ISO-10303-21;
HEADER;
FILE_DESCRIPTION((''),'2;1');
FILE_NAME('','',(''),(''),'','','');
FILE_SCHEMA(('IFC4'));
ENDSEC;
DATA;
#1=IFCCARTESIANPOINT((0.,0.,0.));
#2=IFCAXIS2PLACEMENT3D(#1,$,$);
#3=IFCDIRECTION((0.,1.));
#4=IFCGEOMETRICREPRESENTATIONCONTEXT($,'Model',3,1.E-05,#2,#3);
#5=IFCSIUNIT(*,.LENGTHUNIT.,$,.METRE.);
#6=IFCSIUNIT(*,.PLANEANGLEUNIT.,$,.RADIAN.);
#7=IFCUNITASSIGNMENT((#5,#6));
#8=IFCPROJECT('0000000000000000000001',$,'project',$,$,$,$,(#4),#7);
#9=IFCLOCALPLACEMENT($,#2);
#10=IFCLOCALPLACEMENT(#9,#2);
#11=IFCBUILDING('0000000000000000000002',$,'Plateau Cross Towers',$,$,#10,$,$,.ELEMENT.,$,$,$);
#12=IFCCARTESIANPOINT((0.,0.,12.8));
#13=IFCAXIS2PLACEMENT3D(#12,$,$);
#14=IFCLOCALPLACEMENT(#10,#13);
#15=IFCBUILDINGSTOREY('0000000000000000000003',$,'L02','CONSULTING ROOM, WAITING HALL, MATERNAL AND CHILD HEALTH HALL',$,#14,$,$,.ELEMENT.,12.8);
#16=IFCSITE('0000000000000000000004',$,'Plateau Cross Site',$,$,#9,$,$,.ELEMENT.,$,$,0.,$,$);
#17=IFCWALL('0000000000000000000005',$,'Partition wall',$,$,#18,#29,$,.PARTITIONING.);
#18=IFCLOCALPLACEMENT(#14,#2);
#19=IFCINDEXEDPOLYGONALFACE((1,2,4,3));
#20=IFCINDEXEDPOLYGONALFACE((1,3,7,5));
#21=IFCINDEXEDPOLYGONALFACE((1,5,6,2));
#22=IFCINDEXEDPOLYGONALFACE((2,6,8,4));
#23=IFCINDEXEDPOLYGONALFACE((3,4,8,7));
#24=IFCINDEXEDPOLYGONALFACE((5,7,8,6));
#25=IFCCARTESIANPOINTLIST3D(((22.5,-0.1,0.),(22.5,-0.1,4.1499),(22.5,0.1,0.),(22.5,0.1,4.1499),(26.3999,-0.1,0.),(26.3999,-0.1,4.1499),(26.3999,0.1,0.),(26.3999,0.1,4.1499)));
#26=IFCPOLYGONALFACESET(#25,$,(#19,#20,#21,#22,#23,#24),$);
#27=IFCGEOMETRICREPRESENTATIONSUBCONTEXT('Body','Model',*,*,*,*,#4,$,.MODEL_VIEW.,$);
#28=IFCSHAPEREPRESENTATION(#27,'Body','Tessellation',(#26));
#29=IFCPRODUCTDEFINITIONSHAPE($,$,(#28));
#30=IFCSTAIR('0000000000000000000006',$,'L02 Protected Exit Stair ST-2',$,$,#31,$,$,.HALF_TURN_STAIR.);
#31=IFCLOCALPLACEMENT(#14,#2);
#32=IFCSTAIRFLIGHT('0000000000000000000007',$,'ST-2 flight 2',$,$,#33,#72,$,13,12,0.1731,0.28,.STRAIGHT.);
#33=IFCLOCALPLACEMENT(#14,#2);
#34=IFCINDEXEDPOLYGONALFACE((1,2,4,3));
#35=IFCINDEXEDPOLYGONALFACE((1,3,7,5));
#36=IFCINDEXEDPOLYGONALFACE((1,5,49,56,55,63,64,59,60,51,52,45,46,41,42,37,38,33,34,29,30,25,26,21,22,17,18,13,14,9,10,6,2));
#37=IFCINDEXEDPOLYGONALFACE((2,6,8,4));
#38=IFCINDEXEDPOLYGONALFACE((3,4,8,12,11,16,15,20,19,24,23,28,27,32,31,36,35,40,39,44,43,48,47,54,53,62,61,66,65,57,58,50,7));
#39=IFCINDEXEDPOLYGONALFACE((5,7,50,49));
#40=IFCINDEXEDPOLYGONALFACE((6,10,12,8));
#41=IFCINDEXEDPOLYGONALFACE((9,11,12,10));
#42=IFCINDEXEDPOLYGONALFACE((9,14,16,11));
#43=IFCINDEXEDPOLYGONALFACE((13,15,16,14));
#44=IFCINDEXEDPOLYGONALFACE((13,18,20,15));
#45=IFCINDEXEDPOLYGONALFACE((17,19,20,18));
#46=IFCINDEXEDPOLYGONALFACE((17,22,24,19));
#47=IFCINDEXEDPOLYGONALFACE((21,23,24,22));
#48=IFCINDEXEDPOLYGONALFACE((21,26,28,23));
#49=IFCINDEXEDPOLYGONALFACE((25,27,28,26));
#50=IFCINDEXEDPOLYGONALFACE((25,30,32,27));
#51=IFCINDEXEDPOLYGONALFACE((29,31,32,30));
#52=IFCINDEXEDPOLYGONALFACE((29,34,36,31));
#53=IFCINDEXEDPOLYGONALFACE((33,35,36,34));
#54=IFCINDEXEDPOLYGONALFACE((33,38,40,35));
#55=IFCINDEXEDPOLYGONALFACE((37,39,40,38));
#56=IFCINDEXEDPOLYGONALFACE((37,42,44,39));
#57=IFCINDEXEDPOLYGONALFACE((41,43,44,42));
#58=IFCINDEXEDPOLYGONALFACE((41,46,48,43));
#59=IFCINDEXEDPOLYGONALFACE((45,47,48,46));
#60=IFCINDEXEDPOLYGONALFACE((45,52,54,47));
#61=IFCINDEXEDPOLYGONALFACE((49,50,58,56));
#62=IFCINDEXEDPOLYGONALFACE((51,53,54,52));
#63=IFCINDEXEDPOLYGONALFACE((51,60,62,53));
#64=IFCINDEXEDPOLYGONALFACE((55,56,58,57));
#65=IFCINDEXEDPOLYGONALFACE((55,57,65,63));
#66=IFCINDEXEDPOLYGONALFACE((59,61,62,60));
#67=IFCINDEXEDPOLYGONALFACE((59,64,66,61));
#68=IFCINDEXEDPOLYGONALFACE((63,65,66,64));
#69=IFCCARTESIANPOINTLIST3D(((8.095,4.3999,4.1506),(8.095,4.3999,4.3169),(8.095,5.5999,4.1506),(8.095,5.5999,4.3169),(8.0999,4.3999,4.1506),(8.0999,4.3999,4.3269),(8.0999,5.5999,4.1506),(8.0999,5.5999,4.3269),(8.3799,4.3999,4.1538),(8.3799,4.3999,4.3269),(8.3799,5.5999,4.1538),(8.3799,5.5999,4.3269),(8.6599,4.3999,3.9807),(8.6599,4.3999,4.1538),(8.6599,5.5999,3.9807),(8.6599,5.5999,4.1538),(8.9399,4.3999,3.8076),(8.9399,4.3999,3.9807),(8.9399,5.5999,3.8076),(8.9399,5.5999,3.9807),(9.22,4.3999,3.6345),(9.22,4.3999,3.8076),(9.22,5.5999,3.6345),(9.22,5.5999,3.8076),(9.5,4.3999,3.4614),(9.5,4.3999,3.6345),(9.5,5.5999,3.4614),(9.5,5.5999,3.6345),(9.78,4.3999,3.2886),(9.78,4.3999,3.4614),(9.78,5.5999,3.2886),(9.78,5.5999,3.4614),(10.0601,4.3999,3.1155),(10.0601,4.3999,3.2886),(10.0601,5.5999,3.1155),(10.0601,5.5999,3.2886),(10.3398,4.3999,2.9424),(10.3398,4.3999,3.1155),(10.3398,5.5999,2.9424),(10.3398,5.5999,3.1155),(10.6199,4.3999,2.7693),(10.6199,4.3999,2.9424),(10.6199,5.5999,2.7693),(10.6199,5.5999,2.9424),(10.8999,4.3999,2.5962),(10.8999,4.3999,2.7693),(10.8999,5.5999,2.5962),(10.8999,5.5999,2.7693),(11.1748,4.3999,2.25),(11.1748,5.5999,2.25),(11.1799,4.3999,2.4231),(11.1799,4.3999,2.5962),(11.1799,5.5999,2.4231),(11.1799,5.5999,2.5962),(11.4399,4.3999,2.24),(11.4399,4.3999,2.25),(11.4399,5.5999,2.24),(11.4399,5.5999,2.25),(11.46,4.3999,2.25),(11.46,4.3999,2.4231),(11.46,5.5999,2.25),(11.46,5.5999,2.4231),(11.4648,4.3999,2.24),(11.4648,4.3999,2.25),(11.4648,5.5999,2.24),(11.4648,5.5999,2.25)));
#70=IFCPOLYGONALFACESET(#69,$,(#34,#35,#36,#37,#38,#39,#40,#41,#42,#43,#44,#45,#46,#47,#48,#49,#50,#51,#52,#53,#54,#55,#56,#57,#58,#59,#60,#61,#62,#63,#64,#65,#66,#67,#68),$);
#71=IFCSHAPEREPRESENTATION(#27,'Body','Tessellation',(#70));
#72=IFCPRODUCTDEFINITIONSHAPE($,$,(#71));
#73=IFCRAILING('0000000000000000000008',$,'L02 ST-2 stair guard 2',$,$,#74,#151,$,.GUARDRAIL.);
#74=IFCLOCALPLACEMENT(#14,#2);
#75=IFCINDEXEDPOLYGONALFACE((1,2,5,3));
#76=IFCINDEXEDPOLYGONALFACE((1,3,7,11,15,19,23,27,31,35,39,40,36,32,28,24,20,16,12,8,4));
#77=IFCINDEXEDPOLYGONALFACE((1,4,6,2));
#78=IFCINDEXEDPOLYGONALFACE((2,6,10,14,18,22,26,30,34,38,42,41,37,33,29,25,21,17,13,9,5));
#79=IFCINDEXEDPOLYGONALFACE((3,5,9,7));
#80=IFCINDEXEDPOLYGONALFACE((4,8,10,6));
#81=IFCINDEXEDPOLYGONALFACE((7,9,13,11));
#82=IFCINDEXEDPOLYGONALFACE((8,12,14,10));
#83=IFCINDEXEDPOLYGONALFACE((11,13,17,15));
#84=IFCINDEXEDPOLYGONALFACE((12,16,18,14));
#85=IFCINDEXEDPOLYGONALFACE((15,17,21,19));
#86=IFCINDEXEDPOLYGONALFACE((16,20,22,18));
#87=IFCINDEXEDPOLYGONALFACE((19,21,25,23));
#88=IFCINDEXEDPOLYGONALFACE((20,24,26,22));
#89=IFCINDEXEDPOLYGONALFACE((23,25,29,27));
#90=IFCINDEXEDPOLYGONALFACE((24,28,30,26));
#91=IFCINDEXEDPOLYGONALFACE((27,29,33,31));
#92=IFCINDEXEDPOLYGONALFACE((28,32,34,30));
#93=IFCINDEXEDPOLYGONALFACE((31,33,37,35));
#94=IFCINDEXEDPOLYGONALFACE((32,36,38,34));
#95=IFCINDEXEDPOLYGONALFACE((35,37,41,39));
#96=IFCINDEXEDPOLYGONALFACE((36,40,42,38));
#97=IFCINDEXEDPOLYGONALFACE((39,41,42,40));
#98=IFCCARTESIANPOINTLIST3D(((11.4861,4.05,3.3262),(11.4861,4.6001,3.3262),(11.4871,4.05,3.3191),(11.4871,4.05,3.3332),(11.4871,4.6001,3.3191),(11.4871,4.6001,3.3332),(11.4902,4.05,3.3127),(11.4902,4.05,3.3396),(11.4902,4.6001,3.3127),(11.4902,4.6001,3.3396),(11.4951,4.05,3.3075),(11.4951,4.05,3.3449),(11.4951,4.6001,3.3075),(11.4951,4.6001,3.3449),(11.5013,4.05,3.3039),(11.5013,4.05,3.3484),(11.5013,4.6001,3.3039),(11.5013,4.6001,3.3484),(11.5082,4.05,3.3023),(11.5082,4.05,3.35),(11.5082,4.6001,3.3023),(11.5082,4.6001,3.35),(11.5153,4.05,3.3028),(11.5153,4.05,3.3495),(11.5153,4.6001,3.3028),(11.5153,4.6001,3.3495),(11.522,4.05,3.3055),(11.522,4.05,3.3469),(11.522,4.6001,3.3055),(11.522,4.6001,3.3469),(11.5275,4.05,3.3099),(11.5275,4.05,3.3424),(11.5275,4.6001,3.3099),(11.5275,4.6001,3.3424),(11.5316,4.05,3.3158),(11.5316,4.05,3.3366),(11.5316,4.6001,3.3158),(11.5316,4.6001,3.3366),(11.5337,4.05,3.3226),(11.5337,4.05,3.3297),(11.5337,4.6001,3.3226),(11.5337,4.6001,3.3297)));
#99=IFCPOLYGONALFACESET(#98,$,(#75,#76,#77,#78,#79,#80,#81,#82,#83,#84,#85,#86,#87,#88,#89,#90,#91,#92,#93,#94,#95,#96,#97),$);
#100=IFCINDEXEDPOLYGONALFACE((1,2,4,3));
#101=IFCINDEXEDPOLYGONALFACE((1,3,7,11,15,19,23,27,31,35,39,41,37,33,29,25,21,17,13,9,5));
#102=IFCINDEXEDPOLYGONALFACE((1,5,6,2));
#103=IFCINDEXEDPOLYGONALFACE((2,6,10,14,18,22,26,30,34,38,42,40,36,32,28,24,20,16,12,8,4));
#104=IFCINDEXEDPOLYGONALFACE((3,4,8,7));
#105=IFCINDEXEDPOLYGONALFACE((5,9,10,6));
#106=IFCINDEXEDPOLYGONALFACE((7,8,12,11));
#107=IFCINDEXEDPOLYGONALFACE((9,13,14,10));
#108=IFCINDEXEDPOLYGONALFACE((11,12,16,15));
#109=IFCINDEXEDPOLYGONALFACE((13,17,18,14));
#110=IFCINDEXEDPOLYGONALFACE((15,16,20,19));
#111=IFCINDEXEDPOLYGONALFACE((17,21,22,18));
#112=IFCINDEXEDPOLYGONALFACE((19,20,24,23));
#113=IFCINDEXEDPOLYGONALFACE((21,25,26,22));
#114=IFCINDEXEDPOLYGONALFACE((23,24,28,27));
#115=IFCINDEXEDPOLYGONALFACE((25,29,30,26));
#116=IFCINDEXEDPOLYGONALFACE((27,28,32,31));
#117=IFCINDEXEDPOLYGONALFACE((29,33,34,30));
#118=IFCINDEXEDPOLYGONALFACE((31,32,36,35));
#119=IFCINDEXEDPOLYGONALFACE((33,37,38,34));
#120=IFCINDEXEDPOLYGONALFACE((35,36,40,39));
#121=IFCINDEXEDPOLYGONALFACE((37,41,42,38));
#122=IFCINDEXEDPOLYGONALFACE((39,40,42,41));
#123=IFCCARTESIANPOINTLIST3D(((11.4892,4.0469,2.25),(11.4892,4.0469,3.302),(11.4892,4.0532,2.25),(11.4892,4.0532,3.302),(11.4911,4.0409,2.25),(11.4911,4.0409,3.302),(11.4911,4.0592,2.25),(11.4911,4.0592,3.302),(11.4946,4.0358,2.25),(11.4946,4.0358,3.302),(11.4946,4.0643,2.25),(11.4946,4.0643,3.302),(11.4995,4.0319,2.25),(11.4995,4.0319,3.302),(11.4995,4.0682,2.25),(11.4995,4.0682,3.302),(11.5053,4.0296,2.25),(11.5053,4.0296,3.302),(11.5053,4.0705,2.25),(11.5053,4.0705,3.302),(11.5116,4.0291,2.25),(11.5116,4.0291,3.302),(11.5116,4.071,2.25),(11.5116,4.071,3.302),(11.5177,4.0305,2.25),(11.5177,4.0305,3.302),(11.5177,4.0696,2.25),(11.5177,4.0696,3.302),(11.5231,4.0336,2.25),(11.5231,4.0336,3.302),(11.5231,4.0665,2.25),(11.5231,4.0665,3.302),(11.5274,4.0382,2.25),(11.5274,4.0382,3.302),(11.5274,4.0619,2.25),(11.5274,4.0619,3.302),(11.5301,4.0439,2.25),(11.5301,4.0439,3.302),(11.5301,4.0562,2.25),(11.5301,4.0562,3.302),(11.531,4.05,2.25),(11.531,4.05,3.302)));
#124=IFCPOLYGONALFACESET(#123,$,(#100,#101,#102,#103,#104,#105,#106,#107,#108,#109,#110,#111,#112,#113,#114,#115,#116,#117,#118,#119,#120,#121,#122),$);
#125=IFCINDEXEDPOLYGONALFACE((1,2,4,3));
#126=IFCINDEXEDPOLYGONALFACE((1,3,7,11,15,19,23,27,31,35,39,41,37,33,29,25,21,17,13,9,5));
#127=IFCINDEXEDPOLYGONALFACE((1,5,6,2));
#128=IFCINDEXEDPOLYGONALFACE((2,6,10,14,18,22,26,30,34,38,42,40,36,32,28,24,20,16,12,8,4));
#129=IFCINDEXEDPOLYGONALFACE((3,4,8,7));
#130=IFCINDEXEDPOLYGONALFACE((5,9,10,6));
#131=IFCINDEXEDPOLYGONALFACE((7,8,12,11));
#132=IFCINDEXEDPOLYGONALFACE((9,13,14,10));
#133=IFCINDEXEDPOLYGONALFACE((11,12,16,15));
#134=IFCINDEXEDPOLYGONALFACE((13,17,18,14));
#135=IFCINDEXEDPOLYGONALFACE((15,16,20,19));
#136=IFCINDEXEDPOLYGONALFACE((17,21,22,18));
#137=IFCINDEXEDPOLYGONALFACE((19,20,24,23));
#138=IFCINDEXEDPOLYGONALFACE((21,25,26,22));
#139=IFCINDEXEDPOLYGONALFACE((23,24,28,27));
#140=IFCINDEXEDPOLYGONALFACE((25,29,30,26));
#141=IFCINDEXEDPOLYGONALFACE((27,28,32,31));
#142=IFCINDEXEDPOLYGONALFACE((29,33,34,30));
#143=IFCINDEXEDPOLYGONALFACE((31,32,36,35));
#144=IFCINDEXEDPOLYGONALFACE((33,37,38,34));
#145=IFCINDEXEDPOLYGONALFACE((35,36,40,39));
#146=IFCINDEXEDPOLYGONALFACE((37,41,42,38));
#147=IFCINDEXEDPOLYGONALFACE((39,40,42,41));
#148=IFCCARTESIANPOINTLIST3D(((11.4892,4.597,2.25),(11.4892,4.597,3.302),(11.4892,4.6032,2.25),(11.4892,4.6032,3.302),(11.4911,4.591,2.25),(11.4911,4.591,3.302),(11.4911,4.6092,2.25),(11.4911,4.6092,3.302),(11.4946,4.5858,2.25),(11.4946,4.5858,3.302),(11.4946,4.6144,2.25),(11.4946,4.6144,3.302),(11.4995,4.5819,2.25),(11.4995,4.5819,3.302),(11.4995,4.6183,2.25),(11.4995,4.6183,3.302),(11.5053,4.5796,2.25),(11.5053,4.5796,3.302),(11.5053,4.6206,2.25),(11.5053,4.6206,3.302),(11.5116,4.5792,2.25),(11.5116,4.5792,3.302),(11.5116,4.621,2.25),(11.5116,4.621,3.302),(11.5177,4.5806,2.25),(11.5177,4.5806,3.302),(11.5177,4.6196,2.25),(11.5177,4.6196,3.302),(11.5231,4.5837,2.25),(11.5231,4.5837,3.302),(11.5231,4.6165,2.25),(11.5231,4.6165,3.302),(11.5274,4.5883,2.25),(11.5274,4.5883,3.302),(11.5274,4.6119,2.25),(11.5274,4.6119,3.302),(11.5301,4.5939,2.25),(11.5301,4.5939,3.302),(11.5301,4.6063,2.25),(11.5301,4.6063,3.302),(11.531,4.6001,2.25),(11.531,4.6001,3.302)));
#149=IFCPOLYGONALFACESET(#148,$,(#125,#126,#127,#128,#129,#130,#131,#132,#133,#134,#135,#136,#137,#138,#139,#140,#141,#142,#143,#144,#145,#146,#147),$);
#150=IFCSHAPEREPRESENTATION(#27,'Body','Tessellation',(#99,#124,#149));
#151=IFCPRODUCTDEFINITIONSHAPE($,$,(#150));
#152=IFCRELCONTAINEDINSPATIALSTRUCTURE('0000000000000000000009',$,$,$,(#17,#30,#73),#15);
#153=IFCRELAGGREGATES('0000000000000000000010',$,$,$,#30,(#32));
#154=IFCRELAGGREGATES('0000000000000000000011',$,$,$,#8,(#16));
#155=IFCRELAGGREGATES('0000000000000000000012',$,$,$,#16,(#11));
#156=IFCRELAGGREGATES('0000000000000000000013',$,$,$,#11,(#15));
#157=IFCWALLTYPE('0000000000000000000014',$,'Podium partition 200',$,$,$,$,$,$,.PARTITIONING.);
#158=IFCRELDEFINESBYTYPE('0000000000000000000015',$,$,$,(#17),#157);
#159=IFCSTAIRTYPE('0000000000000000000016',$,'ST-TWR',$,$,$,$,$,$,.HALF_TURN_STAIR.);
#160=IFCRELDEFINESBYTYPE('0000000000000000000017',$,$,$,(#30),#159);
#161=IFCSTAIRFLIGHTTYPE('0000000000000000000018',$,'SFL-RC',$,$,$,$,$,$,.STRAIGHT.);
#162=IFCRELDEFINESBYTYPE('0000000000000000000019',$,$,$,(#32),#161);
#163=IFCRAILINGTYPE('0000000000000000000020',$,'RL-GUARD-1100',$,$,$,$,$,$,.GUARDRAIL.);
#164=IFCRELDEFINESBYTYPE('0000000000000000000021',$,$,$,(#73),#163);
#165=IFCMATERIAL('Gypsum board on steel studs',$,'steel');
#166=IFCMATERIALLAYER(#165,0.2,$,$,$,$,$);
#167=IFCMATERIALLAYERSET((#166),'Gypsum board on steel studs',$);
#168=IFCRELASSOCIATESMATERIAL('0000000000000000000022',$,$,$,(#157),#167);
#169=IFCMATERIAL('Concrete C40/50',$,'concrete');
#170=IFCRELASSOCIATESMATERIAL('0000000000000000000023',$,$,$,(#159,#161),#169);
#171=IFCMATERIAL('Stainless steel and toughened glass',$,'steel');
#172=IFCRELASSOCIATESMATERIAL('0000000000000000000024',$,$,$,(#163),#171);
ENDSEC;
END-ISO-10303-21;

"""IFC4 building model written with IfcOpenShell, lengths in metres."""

from ifc_helpers import new_model, si_unit, direction, frame, frame_2d, origin, origin_2d, place, context, subcontext, project, spatial, polyline, rectangle, circle, outline, extrude, material, layer, layer_set, type_object, element, aggregate, save


model = new_model("IFC4")

# Units and contexts
model_context = context("Model", 3, precision=1e-05, world=origin(), true_north=direction((0.0, 1.0)))
body_context = subcontext(model_context, "Body", "Model", "MODEL_VIEW")
ifc_project = project(units=[si_unit("LENGTHUNIT", "METRE"), si_unit("PLANEANGLEUNIT", "RADIAN")], contexts=[model_context])

# Site, building, storey
site_placement = place(None, origin())
site = spatial("IfcSite", under=ifc_project, at=site_placement, Name="Plateau Cross Site", CompositionType="ELEMENT", RefElevation=0.0)
building_placement = place(site_placement, origin())
building = spatial("IfcBuilding", under=site, at=building_placement, Name="Plateau Cross Towers", CompositionType="ELEMENT")
storey_placement = place(building_placement, frame((0.0, 0.0, 12.8)))
storey = spatial("IfcBuildingStorey", under=building, at=storey_placement, Name="L02", Description="CONSULTING ROOM, WAITING HALL, MATERNAL AND CHILD HEALTH HALL", CompositionType="ELEMENT", Elevation=12.8)

# Wall
ifc_material_1 = material(Name="Gypsum board on steel studs", Category="steel")
ifc_layer_1 = layer(ifc_material_1, 0.2)
ifc_layer_set_1 = layer_set([ifc_layer_1], Name="Gypsum board on steel studs")
wall_type_1 = type_object("IfcWallType", Name="Podium partition 200", PredefinedType="PARTITIONING", material=ifc_layer_set_1)
wall_1_placement = place(storey_placement, frame((26.3999, 0.0, 0.0), z_axis=(0.0, 0.0, 1.0), x_axis=(-1.0, 0.0, 0.0)))
element("IfcWall", 1, at=wall_1_placement, inside=storey, type_object=wall_type_1, Name="Partition wall", PredefinedType="PARTITIONING", context=body_context, shape_type="SweptSolid", body=[
    extrude(rectangle(XDim=3.8999, YDim=0.2, at=frame_2d((1.95, 0.0))), origin(), (0.0, 0.0, 1.0), 4.1499),
])

# Stair, stair flight
ifc_material_2 = material(Name="Concrete C40/50", Category="concrete")
stair_type = type_object("IfcStairType", Name="ST-TWR", PredefinedType="HALF_TURN_STAIR", material=ifc_material_2)
stair_placement = place(storey_placement, origin())
stair = element("IfcStair", 2, at=stair_placement, inside=storey, type_object=stair_type, Name="L02 Protected Exit Stair ST-2", PredefinedType="HALF_TURN_STAIR")
stair_flight_type = type_object("IfcStairFlightType", Name="SFL-RC", PredefinedType="STRAIGHT", material=ifc_material_2)
stair_flight_placement = place(storey_placement, frame((11.46, 5.0, 2.25), z_axis=(0.0, 0.0, 1.0), x_axis=(-1.0, 0.0, 0.0)))
stair_flight = element("IfcStairFlight", 3, at=stair_flight_placement, type_object=stair_flight_type, Name="ST-2 flight 2", NumberOfRisers=13, NumberOfTreads=12, PredefinedType="STRAIGHT", RiserHeight=0.1731, TreadLength=0.28, context=body_context, shape_type="SweptSolid", body=[
    extrude(outline(polyline([(-0.0049, -0.01), (-0.0049, 0.0), (0.0, 0.0), (0.0, 0.1731), (0.28, 0.1731), (0.28, 0.3462), (0.5601, 0.3462), (0.5601, 0.5193), (0.8401, 0.5193), (0.8401, 0.6924), (1.1201, 0.6924), (1.1201, 0.8655), (1.3999, 0.8655), (1.3999, 1.0386), (1.6799, 1.0386), (1.6799, 1.2114), (1.96, 1.2114), (1.96, 1.3845), (2.24, 1.3845), (2.24, 1.5576), (2.52, 1.5576), (2.52, 1.7307), (2.8, 1.7307), (2.8, 1.9038), (3.0801, 1.9038), (3.0801, 2.0769), (3.3601, 2.0769), (3.365, 2.0669), (3.365, 1.9006), (3.3601, 1.9006), (0.2852, 0.0), (0.02, 0.0), (0.02, -0.01), (-0.0049, -0.01)])), frame((0.0, 0.6001, 0.0), z_axis=(0.0, -1.0, 0.0), x_axis=(1.0, 0.0, 0.0)), (0.0, 0.0, 1.0), 1.2),
])
aggregate(stair, [stair_flight])

# Railing
ifc_material_3 = material(Name="Stainless steel and toughened glass", Category="steel")
railing_type_1 = type_object("IfcRailingType", Name="RL-GUARD-1100", PredefinedType="GUARDRAIL", material=ifc_material_3)
railing_1_placement = place(storey_placement, frame((11.51, 4.05, 2.25)))
element("IfcRailing", 4, at=railing_1_placement, inside=storey, type_object=railing_type_1, Name="L02 ST-2 stair guard 2", PredefinedType="GUARDRAIL", context=body_context, shape_type="SweptSolid", body=[
    extrude(circle(Radius=0.0239, at=origin_2d()), frame((0.0, 0.0, 1.0762), z_axis=(0.0, 1.0, 0.0), x_axis=(-1.0, 0.0, 0.0)), (0.0, 0.0, 1.0), 0.55),
    extrude(circle(Radius=0.021, at=origin_2d()), origin(), (0.0, 0.0, 1.0), 1.052),
    extrude(circle(Radius=0.021, at=origin_2d()), frame((0.0, 0.55, 0.0)), (0.0, 0.0, 1.0), 1.052),
])

save(model, "model.ifc")
